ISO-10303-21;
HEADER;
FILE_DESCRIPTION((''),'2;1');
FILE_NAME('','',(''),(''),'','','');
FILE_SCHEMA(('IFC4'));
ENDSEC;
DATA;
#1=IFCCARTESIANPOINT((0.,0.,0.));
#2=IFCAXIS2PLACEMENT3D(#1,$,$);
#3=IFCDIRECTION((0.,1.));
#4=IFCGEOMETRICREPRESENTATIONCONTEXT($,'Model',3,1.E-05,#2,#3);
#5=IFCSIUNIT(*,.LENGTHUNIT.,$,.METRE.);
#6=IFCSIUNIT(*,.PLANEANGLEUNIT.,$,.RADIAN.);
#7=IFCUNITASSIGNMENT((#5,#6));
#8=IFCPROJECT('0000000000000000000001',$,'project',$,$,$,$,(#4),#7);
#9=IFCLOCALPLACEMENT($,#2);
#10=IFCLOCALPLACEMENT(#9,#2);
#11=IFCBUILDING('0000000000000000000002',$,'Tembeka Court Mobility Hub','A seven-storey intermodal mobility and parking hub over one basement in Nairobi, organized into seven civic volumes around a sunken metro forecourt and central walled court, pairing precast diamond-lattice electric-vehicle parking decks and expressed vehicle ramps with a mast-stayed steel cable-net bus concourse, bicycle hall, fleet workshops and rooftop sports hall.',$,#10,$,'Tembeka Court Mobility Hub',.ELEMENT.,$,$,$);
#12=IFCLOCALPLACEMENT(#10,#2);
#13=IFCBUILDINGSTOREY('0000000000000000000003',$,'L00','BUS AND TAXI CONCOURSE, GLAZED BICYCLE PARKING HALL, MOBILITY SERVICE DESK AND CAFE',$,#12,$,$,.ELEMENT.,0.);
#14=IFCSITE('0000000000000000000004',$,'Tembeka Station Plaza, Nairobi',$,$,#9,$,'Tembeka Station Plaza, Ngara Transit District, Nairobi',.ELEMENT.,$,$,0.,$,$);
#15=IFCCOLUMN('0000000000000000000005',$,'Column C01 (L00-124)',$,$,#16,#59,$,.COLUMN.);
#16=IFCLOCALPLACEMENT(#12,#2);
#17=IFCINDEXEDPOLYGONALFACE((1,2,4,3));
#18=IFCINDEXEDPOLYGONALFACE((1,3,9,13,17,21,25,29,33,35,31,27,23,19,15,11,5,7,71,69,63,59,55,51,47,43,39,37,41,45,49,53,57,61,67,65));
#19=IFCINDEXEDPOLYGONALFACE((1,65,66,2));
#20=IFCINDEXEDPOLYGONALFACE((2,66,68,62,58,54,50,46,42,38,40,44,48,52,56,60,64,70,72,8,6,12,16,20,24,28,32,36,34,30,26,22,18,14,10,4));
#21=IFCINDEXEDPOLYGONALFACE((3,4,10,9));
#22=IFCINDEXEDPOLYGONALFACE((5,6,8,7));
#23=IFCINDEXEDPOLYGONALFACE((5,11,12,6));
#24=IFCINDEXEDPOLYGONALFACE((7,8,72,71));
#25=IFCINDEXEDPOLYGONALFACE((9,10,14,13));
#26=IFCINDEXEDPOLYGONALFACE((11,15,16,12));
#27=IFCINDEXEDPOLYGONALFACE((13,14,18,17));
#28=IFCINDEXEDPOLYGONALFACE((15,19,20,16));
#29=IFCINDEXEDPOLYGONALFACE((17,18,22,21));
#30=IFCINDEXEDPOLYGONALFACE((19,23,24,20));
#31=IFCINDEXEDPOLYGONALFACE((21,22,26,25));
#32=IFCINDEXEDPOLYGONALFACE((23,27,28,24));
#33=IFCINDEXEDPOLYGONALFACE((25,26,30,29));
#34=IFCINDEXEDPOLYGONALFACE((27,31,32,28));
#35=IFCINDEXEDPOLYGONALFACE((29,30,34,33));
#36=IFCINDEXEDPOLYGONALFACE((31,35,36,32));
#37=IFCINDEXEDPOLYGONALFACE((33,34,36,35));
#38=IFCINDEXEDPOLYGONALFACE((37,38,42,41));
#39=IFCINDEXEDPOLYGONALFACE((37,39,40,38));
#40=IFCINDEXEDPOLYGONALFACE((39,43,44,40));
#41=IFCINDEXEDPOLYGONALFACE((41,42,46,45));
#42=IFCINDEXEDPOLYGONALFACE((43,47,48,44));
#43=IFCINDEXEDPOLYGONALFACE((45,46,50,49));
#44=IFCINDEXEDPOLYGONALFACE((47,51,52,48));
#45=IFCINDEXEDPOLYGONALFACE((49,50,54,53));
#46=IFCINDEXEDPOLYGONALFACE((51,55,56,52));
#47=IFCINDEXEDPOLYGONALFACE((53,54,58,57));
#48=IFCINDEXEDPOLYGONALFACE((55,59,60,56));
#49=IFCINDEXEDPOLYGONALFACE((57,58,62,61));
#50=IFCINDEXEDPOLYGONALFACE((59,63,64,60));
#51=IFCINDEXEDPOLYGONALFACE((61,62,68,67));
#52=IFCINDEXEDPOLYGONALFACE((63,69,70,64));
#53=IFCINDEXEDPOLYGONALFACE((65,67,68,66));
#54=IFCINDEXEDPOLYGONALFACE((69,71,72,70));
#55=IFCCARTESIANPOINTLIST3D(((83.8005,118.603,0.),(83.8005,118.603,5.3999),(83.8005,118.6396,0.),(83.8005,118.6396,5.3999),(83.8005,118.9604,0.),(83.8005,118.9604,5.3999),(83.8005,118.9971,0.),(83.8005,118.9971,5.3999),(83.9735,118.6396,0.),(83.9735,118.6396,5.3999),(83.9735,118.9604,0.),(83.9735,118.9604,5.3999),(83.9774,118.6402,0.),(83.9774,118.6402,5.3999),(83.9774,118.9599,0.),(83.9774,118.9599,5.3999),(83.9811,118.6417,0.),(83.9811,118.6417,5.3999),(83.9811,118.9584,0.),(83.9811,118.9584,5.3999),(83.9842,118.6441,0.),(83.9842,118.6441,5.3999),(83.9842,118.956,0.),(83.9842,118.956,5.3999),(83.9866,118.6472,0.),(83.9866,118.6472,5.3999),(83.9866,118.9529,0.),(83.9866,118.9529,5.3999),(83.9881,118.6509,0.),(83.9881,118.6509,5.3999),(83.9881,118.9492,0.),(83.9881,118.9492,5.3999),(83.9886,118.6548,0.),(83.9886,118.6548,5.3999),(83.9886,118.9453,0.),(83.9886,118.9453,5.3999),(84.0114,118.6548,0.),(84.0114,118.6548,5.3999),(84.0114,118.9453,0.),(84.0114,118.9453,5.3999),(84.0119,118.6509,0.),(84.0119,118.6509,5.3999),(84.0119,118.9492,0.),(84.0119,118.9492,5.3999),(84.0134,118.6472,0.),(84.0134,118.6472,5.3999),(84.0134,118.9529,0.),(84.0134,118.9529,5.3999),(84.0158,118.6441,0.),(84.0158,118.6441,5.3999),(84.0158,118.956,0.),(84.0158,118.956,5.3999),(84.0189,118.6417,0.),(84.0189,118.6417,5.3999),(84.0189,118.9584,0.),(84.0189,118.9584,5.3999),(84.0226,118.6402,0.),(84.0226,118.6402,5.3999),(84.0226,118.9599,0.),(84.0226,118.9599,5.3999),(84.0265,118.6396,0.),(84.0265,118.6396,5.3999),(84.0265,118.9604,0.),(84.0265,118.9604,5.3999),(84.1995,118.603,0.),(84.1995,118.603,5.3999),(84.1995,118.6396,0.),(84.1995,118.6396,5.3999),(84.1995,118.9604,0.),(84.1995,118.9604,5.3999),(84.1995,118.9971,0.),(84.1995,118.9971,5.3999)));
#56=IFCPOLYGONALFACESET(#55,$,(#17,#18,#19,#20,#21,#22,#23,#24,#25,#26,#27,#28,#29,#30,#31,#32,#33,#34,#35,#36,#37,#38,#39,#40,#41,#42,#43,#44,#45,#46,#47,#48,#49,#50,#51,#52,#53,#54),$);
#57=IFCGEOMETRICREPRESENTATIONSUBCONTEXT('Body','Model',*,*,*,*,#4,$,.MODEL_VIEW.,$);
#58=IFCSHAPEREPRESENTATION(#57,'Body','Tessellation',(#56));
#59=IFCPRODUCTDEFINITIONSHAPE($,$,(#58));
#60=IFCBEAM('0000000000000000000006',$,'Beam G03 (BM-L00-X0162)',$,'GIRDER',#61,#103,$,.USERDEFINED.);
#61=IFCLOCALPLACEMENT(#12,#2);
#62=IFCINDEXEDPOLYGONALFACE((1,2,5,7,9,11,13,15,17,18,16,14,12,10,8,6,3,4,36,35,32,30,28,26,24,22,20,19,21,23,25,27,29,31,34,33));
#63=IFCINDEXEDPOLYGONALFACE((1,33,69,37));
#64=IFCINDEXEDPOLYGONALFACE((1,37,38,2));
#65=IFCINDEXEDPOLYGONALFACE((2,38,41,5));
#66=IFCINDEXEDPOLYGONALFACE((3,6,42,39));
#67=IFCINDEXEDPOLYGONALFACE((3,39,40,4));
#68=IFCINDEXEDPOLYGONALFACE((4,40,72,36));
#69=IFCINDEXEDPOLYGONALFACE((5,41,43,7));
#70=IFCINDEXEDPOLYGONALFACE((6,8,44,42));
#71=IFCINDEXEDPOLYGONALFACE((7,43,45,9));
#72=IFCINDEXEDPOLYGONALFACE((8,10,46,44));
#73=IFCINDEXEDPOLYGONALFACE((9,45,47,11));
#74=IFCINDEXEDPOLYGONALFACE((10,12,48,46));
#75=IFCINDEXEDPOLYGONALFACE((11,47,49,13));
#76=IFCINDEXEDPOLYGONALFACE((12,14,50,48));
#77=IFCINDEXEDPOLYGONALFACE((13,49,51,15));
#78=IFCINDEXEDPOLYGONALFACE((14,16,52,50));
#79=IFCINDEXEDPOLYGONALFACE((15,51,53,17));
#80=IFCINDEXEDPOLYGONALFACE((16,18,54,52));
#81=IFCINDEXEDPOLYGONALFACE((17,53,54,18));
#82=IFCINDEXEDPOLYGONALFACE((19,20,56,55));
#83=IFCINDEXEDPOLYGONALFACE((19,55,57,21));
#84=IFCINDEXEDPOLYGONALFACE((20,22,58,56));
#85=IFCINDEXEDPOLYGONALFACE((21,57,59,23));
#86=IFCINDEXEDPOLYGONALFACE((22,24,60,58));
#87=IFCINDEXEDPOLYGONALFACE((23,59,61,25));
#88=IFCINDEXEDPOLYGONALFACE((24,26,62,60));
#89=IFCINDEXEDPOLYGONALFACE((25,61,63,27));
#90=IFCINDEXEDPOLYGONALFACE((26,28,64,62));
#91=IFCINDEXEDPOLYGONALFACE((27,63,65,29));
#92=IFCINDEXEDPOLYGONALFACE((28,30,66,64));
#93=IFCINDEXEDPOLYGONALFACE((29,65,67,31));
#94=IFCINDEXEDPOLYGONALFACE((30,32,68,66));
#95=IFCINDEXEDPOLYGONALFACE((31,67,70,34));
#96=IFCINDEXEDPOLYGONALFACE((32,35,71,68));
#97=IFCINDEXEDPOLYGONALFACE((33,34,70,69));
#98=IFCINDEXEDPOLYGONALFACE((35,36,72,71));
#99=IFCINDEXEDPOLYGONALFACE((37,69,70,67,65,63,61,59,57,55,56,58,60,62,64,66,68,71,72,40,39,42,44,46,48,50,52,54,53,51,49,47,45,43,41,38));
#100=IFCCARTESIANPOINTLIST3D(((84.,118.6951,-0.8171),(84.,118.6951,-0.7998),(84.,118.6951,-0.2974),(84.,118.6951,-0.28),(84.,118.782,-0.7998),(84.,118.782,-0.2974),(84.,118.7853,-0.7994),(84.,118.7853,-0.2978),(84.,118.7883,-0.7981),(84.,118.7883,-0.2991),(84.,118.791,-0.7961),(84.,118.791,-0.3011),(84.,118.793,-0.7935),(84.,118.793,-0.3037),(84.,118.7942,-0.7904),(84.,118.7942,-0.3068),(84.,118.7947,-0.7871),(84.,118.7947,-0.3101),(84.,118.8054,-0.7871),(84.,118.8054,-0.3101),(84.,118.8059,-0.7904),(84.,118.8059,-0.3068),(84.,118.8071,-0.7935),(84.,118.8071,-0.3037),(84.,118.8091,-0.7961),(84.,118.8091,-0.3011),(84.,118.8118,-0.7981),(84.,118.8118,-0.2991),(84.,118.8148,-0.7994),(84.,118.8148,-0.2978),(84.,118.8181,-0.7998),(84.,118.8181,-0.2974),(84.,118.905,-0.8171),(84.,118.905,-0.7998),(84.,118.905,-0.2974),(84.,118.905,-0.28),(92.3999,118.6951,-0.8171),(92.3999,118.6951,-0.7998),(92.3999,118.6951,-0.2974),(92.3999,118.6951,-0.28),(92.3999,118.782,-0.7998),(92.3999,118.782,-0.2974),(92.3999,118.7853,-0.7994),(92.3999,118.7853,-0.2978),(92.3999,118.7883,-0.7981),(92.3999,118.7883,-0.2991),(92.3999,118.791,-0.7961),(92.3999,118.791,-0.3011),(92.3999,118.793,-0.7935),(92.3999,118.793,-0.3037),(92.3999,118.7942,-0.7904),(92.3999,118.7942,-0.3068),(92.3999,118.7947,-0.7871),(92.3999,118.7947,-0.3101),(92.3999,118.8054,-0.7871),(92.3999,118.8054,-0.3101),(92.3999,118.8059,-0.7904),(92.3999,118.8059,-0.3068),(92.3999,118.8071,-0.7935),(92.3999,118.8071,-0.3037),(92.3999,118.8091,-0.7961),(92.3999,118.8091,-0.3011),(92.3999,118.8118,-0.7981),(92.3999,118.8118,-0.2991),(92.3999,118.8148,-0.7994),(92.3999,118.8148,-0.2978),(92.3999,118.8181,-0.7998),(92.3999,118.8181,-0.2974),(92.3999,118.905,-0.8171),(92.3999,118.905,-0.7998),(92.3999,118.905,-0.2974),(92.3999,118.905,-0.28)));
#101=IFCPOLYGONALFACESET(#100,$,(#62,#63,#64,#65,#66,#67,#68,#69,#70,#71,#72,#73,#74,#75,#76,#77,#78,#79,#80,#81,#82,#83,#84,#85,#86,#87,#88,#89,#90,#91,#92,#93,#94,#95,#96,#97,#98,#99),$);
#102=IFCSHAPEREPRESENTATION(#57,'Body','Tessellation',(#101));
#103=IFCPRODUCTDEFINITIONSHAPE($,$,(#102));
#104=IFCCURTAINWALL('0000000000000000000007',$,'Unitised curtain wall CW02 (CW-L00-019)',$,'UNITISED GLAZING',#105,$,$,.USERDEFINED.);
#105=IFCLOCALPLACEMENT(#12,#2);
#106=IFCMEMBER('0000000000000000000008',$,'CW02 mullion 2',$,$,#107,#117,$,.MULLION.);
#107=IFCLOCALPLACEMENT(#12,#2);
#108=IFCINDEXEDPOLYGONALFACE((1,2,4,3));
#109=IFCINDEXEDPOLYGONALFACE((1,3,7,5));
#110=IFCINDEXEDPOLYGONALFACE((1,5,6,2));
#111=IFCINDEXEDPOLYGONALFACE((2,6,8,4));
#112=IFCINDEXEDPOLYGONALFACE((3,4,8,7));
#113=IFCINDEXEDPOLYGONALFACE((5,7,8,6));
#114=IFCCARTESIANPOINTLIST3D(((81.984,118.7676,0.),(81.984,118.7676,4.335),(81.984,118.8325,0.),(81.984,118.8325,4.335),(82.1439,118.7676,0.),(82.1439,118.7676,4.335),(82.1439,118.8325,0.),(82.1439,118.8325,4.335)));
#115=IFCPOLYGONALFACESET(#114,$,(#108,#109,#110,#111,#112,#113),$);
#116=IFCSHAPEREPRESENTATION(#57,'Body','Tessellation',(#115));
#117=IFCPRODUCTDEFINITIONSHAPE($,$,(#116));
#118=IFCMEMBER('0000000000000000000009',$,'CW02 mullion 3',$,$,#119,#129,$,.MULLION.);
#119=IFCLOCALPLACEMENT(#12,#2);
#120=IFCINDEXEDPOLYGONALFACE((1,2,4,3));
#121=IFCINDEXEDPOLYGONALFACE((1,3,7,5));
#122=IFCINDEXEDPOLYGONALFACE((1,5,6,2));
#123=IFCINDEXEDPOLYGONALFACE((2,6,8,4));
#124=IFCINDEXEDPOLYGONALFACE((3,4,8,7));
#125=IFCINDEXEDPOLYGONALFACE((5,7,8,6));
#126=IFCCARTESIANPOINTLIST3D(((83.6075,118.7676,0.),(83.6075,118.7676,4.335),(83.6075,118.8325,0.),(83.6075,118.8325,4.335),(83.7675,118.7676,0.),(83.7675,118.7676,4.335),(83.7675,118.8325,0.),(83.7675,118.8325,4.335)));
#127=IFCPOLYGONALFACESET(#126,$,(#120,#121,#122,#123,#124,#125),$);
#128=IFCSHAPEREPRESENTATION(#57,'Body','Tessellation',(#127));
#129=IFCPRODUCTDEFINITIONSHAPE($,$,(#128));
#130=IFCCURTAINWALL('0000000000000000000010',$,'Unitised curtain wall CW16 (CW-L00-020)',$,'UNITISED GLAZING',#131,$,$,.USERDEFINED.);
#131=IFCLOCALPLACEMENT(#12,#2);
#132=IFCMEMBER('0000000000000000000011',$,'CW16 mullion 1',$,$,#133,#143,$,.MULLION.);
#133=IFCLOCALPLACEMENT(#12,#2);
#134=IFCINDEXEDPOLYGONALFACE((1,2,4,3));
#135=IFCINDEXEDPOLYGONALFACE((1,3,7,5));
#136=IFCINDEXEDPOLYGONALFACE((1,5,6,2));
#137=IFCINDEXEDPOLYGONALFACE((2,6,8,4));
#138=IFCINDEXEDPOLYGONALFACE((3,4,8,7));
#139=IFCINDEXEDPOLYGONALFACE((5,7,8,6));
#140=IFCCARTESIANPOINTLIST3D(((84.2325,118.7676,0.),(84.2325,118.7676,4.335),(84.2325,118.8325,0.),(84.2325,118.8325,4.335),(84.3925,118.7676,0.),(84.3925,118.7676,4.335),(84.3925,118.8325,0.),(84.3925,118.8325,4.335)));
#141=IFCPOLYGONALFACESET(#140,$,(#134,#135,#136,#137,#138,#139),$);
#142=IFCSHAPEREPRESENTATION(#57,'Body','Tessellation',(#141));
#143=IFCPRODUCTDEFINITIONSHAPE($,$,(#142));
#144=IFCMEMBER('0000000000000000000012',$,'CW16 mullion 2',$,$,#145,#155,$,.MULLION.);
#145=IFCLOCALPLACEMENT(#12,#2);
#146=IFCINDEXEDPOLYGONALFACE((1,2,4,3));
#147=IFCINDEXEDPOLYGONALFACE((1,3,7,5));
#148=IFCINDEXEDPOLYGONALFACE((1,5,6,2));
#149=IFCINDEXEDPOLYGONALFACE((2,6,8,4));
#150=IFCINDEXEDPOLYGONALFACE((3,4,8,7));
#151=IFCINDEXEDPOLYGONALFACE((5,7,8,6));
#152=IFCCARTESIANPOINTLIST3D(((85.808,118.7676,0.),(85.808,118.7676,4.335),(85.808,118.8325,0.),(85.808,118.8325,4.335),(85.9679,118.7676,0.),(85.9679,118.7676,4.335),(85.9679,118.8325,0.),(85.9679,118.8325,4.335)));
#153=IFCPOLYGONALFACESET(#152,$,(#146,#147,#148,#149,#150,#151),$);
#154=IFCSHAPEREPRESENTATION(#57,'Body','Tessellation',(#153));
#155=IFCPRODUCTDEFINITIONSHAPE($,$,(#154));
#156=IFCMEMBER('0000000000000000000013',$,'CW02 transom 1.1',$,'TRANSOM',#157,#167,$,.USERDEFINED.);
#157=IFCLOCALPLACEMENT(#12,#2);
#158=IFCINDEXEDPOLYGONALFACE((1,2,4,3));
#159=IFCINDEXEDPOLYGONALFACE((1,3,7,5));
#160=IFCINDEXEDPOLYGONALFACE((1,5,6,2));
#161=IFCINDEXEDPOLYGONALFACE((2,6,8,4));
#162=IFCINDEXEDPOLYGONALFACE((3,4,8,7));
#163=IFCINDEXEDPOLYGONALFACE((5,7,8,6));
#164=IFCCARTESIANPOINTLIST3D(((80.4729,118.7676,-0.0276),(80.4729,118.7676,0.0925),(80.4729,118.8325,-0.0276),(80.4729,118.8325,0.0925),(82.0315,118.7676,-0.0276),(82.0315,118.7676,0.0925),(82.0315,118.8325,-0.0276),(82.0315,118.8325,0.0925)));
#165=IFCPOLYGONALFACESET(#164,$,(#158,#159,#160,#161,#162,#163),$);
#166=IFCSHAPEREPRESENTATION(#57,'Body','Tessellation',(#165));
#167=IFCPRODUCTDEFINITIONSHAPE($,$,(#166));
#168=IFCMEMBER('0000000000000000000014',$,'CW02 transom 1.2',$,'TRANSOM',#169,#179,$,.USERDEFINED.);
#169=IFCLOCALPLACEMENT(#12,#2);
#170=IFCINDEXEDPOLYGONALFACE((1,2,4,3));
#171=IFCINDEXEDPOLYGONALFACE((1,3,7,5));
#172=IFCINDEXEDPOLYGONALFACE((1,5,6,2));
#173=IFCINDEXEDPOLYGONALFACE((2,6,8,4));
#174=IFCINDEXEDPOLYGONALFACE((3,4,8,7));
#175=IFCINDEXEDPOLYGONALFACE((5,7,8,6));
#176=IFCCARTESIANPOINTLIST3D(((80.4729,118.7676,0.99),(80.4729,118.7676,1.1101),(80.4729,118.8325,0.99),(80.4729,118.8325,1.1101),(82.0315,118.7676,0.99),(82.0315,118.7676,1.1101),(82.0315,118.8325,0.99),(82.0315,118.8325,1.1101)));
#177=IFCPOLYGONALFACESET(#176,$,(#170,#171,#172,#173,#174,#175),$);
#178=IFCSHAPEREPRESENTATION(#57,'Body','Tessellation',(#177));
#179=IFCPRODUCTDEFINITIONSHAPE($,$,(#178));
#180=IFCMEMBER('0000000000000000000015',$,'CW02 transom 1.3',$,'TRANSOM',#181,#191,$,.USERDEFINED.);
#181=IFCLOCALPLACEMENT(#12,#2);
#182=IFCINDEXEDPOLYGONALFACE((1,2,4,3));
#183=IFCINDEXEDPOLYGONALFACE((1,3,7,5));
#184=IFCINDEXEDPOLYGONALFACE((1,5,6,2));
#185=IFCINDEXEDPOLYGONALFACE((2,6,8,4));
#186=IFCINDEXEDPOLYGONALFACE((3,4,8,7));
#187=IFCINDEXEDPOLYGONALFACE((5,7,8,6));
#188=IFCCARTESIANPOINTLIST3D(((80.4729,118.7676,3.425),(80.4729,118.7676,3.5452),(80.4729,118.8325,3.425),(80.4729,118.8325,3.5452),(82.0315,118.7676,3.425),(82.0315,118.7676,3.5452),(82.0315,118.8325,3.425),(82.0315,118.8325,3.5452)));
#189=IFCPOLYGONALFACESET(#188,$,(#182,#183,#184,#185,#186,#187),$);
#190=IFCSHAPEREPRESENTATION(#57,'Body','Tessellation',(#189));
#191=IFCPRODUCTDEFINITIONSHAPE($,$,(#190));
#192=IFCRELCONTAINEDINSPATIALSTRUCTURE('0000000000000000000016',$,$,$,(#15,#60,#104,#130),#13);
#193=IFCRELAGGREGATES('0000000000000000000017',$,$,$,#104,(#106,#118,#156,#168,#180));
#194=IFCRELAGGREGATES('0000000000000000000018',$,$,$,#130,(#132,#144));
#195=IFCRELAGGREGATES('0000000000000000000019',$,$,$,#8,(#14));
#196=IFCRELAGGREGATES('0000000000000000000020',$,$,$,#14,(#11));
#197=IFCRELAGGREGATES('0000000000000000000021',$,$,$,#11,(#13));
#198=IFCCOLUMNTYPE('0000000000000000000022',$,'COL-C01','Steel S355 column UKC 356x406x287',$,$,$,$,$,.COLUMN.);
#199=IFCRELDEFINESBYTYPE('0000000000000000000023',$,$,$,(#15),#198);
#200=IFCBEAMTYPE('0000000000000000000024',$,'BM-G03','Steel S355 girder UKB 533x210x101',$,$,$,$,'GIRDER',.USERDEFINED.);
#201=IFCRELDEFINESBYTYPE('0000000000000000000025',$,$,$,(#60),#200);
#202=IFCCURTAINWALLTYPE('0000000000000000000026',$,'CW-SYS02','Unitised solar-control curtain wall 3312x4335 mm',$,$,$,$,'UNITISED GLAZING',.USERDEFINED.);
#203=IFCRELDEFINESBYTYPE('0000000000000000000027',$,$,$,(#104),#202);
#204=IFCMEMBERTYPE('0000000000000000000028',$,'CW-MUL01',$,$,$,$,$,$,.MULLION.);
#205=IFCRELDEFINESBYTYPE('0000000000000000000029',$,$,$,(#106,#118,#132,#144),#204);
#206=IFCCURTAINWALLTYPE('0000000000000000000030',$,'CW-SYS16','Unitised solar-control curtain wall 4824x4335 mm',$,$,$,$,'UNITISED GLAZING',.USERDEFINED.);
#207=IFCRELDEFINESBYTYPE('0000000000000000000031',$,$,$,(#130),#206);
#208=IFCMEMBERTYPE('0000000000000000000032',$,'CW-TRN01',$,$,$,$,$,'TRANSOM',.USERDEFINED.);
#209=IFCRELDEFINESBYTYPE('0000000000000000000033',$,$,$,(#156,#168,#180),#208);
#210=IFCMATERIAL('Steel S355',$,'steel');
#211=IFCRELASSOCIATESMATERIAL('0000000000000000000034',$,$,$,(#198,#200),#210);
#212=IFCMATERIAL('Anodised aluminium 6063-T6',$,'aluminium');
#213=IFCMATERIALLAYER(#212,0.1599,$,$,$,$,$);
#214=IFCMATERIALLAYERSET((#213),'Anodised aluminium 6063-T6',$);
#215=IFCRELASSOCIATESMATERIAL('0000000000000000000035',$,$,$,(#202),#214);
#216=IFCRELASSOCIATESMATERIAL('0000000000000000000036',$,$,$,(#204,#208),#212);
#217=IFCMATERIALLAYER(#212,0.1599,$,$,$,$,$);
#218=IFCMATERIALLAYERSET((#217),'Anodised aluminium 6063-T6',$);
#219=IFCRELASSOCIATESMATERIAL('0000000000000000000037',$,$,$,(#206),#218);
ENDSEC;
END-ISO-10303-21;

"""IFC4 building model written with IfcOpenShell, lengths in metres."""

from ifc_helpers import new_model, si_unit, direction, frame, origin, origin_2d, place, context, subcontext, project, spatial, rectangle, i_section, extrude, material, layer, layer_set, material_profile, profile_set, type_object, element, aggregate, save


model = new_model("IFC4")

# Units and contexts
model_context = context("Model", 3, precision=1e-05, world=origin(), true_north=direction((0.0, 1.0)))
body_context = subcontext(model_context, "Body", "Model", "MODEL_VIEW")
ifc_project = project(units=[si_unit("LENGTHUNIT", "METRE"), si_unit("PLANEANGLEUNIT", "RADIAN")], contexts=[model_context])

# Site, building, storey
site_placement = place(None, origin())
site = spatial("IfcSite", under=ifc_project, at=site_placement, Name="Tembeka Station Plaza, Nairobi", LongName="Tembeka Station Plaza, Ngara Transit District, Nairobi", CompositionType="ELEMENT", RefElevation=0.0)
building_placement = place(site_placement, origin())
building = spatial("IfcBuilding", under=site, at=building_placement, Name="Tembeka Court Mobility Hub", Description="A seven-storey intermodal mobility and parking hub over one basement in Nairobi, organized into seven civic volumes around a sunken metro forecourt and central walled court, pairing precast diamond-lattice electric-vehicle parking decks and expressed vehicle ramps with a mast-stayed steel cable-net bus concourse, bicycle hall, fleet workshops and rooftop sports hall.", LongName="Tembeka Court Mobility Hub", CompositionType="ELEMENT")
storey_placement = place(building_placement, origin())
storey = spatial("IfcBuildingStorey", under=building, at=storey_placement, Name="L00", Description="BUS AND TAXI CONCOURSE, GLAZED BICYCLE PARKING HALL, MOBILITY SERVICE DESK AND CAFE", CompositionType="ELEMENT", Elevation=0.0)

# Column
ifc_material_1 = material(Name="Steel S355", Category="steel")
ifc_material_profile_1 = material_profile(ifc_material_1, i_section(OverallWidth=0.3989, OverallDepth=0.394, WebThickness=0.0227, FlangeThickness=0.0366, FilletRadius=0.0151, at=origin_2d()), Name="UKC 356x406x287")
ifc_profile_set_1 = profile_set([ifc_material_profile_1], Name="Steel S355")
column_type = type_object("IfcColumnType", Name="COL-C01", Description="Steel S355 column UKC 356x406x287", PredefinedType="COLUMN", material=ifc_profile_set_1)
column_placement = place(storey_placement, frame((84.0, 118.8, 0.0), z_axis=(0.0, 0.0, 1.0), x_axis=(1.0, 0.0, 0.0)))
element("IfcColumn", 1, at=column_placement, inside=storey, type_object=column_type, Name="Column C01 (L00-124)", PredefinedType="COLUMN", context=body_context, shape_type="SweptSolid", body=[
    extrude(i_section(OverallWidth=0.3989, OverallDepth=0.394, WebThickness=0.0227, FlangeThickness=0.0366, FilletRadius=0.0151, at=origin_2d()), origin(), (0.0, 0.0, 1.0), 5.3999),
])

# Beam
ifc_material_profile_2 = material_profile(ifc_material_1, i_section(OverallWidth=0.21, OverallDepth=0.5371, WebThickness=0.0107, FlangeThickness=0.0173, FilletRadius=0.0127, at=origin_2d()), Name="UKB 533x210x101")
ifc_profile_set_2 = profile_set([ifc_material_profile_2], Name="Steel S355")
beam_type = type_object("IfcBeamType", Name="BM-G03", Description="Steel S355 girder UKB 533x210x101", ElementType="GIRDER", PredefinedType="USERDEFINED", material=ifc_profile_set_2)
beam_placement = place(storey_placement, frame((84.0, 118.8, -0.5486), z_axis=(1.0, 0.0, 0.0), x_axis=(0.0, 1.0, 0.0)))
element("IfcBeam", 2, at=beam_placement, inside=storey, type_object=beam_type, Name="Beam G03 (BM-L00-X0162)", ObjectType="GIRDER", PredefinedType="USERDEFINED", context=body_context, shape_type="SweptSolid", body=[
    extrude(i_section(OverallWidth=0.21, OverallDepth=0.5371, WebThickness=0.0107, FlangeThickness=0.0173, FilletRadius=0.0127, at=origin_2d()), origin(), (0.0, 0.0, 1.0), 8.3999),
])

# Curtain walls, members
ifc_material_2 = material(Name="Anodised aluminium 6063-T6", Category="aluminium")
ifc_layer_1 = layer(ifc_material_2, 0.1599)
ifc_layer_set_1 = layer_set([ifc_layer_1], Name="Anodised aluminium 6063-T6")
curtain_wall_type_1 = type_object("IfcCurtainWallType", Name="CW-SYS02", Description="Unitised solar-control curtain wall 3312x4335 mm", ElementType="UNITISED GLAZING", PredefinedType="USERDEFINED", material=ifc_layer_set_1)
curtain_wall_1_placement = place(storey_placement, origin())
curtain_wall_1 = element("IfcCurtainWall", 3, at=curtain_wall_1_placement, inside=storey, type_object=curtain_wall_type_1, Name="Unitised curtain wall CW02 (CW-L00-019)", ObjectType="UNITISED GLAZING", PredefinedType="USERDEFINED")
ifc_material_profile_3 = material_profile(ifc_material_2, rectangle(XDim=0.0649, YDim=0.1599, at=origin_2d()), Name="ALU-MUL 65x160")
ifc_profile_set_3 = profile_set([ifc_material_profile_3], Name="Anodised aluminium 6063-T6")
member_type_1 = type_object("IfcMemberType", Name="CW-MUL01", PredefinedType="MULLION", material=ifc_profile_set_3)
member_1_placement = place(storey_placement, frame((82.064, 118.8, 0.0), z_axis=(0.0, 0.0, 1.0), x_axis=(0.0, 1.0, 0.0)))
member_1 = element("IfcMember", 4, at=member_1_placement, type_object=member_type_1, Name="CW02 mullion 2", PredefinedType="MULLION", context=body_context, shape_type="SweptSolid", body=[
    extrude(rectangle(XDim=0.0649, YDim=0.1599, at=origin_2d()), origin(), (0.0, 0.0, 1.0), 4.335),
])
member_2_placement = place(storey_placement, frame((83.6875, 118.8, 0.0), z_axis=(0.0, 0.0, 1.0), x_axis=(0.0, 1.0, 0.0)))
member_2 = element("IfcMember", 5, at=member_2_placement, type_object=member_type_1, Name="CW02 mullion 3", PredefinedType="MULLION", context=body_context, shape_type="SweptSolid", body=[
    extrude(rectangle(XDim=0.0649, YDim=0.1599, at=origin_2d()), origin(), (0.0, 0.0, 1.0), 4.335),
])
ifc_layer_2 = layer(ifc_material_2, 0.1599)
ifc_layer_set_2 = layer_set([ifc_layer_2], Name="Anodised aluminium 6063-T6")
curtain_wall_type_2 = type_object("IfcCurtainWallType", Name="CW-SYS16", Description="Unitised solar-control curtain wall 4824x4335 mm", ElementType="UNITISED GLAZING", PredefinedType="USERDEFINED", material=ifc_layer_set_2)
curtain_wall_2_placement = place(storey_placement, origin())
curtain_wall_2 = element("IfcCurtainWall", 6, at=curtain_wall_2_placement, inside=storey, type_object=curtain_wall_type_2, Name="Unitised curtain wall CW16 (CW-L00-020)", ObjectType="UNITISED GLAZING", PredefinedType="USERDEFINED")
member_3_placement = place(storey_placement, frame((84.3125, 118.8, 0.0), z_axis=(0.0, 0.0, 1.0), x_axis=(0.0, 1.0, 0.0)))
member_3 = element("IfcMember", 7, at=member_3_placement, type_object=member_type_1, Name="CW16 mullion 1", PredefinedType="MULLION", context=body_context, shape_type="SweptSolid", body=[
    extrude(rectangle(XDim=0.0649, YDim=0.1599, at=origin_2d()), origin(), (0.0, 0.0, 1.0), 4.335),
])
member_4_placement = place(storey_placement, frame((85.8879, 118.8, 0.0), z_axis=(0.0, 0.0, 1.0), x_axis=(0.0, 1.0, 0.0)))
member_4 = element("IfcMember", 8, at=member_4_placement, type_object=member_type_1, Name="CW16 mullion 2", PredefinedType="MULLION", context=body_context, shape_type="SweptSolid", body=[
    extrude(rectangle(XDim=0.0649, YDim=0.1599, at=origin_2d()), origin(), (0.0, 0.0, 1.0), 4.335),
])

# Members
ifc_material_profile_4 = material_profile(ifc_material_2, rectangle(XDim=0.0649, YDim=0.1201, at=origin_2d()), Name="ALU-TRN 65x120")
ifc_profile_set_4 = profile_set([ifc_material_profile_4], Name="Anodised aluminium 6063-T6")
member_type_2 = type_object("IfcMemberType", Name="CW-TRN01", ElementType="TRANSOM", PredefinedType="USERDEFINED", material=ifc_profile_set_4)
member_5_placement = place(storey_placement, frame((80.4729, 118.8, 0.0325), z_axis=(1.0, 0.0, 0.0), x_axis=(0.0, 1.0, 0.0)))
member_5 = element("IfcMember", 9, at=member_5_placement, type_object=member_type_2, Name="CW02 transom 1.1", ObjectType="TRANSOM", PredefinedType="USERDEFINED", context=body_context, shape_type="SweptSolid", body=[
    extrude(rectangle(XDim=0.0649, YDim=0.1201, at=origin_2d()), origin(), (0.0, 0.0, 1.0), 1.5586),
])
member_6_placement = place(storey_placement, frame((80.4729, 118.8, 1.05), z_axis=(1.0, 0.0, 0.0), x_axis=(0.0, 1.0, 0.0)))
member_6 = element("IfcMember", 10, at=member_6_placement, type_object=member_type_2, Name="CW02 transom 1.2", ObjectType="TRANSOM", PredefinedType="USERDEFINED", context=body_context, shape_type="SweptSolid", body=[
    extrude(rectangle(XDim=0.0649, YDim=0.1201, at=origin_2d()), origin(), (0.0, 0.0, 1.0), 1.5586),
])
member_7_placement = place(storey_placement, frame((80.4729, 118.8, 3.4851), z_axis=(1.0, 0.0, 0.0), x_axis=(0.0, 1.0, 0.0)))
member_7 = element("IfcMember", 11, at=member_7_placement, type_object=member_type_2, Name="CW02 transom 1.3", ObjectType="TRANSOM", PredefinedType="USERDEFINED", context=body_context, shape_type="SweptSolid", body=[
    extrude(rectangle(XDim=0.0649, YDim=0.1201, at=origin_2d()), origin(), (0.0, 0.0, 1.0), 1.5586),
])

aggregate(curtain_wall_1, [member_1, member_2, member_5, member_6, member_7])
aggregate(curtain_wall_2, [member_3, member_4])

save(model, "model.ifc")
